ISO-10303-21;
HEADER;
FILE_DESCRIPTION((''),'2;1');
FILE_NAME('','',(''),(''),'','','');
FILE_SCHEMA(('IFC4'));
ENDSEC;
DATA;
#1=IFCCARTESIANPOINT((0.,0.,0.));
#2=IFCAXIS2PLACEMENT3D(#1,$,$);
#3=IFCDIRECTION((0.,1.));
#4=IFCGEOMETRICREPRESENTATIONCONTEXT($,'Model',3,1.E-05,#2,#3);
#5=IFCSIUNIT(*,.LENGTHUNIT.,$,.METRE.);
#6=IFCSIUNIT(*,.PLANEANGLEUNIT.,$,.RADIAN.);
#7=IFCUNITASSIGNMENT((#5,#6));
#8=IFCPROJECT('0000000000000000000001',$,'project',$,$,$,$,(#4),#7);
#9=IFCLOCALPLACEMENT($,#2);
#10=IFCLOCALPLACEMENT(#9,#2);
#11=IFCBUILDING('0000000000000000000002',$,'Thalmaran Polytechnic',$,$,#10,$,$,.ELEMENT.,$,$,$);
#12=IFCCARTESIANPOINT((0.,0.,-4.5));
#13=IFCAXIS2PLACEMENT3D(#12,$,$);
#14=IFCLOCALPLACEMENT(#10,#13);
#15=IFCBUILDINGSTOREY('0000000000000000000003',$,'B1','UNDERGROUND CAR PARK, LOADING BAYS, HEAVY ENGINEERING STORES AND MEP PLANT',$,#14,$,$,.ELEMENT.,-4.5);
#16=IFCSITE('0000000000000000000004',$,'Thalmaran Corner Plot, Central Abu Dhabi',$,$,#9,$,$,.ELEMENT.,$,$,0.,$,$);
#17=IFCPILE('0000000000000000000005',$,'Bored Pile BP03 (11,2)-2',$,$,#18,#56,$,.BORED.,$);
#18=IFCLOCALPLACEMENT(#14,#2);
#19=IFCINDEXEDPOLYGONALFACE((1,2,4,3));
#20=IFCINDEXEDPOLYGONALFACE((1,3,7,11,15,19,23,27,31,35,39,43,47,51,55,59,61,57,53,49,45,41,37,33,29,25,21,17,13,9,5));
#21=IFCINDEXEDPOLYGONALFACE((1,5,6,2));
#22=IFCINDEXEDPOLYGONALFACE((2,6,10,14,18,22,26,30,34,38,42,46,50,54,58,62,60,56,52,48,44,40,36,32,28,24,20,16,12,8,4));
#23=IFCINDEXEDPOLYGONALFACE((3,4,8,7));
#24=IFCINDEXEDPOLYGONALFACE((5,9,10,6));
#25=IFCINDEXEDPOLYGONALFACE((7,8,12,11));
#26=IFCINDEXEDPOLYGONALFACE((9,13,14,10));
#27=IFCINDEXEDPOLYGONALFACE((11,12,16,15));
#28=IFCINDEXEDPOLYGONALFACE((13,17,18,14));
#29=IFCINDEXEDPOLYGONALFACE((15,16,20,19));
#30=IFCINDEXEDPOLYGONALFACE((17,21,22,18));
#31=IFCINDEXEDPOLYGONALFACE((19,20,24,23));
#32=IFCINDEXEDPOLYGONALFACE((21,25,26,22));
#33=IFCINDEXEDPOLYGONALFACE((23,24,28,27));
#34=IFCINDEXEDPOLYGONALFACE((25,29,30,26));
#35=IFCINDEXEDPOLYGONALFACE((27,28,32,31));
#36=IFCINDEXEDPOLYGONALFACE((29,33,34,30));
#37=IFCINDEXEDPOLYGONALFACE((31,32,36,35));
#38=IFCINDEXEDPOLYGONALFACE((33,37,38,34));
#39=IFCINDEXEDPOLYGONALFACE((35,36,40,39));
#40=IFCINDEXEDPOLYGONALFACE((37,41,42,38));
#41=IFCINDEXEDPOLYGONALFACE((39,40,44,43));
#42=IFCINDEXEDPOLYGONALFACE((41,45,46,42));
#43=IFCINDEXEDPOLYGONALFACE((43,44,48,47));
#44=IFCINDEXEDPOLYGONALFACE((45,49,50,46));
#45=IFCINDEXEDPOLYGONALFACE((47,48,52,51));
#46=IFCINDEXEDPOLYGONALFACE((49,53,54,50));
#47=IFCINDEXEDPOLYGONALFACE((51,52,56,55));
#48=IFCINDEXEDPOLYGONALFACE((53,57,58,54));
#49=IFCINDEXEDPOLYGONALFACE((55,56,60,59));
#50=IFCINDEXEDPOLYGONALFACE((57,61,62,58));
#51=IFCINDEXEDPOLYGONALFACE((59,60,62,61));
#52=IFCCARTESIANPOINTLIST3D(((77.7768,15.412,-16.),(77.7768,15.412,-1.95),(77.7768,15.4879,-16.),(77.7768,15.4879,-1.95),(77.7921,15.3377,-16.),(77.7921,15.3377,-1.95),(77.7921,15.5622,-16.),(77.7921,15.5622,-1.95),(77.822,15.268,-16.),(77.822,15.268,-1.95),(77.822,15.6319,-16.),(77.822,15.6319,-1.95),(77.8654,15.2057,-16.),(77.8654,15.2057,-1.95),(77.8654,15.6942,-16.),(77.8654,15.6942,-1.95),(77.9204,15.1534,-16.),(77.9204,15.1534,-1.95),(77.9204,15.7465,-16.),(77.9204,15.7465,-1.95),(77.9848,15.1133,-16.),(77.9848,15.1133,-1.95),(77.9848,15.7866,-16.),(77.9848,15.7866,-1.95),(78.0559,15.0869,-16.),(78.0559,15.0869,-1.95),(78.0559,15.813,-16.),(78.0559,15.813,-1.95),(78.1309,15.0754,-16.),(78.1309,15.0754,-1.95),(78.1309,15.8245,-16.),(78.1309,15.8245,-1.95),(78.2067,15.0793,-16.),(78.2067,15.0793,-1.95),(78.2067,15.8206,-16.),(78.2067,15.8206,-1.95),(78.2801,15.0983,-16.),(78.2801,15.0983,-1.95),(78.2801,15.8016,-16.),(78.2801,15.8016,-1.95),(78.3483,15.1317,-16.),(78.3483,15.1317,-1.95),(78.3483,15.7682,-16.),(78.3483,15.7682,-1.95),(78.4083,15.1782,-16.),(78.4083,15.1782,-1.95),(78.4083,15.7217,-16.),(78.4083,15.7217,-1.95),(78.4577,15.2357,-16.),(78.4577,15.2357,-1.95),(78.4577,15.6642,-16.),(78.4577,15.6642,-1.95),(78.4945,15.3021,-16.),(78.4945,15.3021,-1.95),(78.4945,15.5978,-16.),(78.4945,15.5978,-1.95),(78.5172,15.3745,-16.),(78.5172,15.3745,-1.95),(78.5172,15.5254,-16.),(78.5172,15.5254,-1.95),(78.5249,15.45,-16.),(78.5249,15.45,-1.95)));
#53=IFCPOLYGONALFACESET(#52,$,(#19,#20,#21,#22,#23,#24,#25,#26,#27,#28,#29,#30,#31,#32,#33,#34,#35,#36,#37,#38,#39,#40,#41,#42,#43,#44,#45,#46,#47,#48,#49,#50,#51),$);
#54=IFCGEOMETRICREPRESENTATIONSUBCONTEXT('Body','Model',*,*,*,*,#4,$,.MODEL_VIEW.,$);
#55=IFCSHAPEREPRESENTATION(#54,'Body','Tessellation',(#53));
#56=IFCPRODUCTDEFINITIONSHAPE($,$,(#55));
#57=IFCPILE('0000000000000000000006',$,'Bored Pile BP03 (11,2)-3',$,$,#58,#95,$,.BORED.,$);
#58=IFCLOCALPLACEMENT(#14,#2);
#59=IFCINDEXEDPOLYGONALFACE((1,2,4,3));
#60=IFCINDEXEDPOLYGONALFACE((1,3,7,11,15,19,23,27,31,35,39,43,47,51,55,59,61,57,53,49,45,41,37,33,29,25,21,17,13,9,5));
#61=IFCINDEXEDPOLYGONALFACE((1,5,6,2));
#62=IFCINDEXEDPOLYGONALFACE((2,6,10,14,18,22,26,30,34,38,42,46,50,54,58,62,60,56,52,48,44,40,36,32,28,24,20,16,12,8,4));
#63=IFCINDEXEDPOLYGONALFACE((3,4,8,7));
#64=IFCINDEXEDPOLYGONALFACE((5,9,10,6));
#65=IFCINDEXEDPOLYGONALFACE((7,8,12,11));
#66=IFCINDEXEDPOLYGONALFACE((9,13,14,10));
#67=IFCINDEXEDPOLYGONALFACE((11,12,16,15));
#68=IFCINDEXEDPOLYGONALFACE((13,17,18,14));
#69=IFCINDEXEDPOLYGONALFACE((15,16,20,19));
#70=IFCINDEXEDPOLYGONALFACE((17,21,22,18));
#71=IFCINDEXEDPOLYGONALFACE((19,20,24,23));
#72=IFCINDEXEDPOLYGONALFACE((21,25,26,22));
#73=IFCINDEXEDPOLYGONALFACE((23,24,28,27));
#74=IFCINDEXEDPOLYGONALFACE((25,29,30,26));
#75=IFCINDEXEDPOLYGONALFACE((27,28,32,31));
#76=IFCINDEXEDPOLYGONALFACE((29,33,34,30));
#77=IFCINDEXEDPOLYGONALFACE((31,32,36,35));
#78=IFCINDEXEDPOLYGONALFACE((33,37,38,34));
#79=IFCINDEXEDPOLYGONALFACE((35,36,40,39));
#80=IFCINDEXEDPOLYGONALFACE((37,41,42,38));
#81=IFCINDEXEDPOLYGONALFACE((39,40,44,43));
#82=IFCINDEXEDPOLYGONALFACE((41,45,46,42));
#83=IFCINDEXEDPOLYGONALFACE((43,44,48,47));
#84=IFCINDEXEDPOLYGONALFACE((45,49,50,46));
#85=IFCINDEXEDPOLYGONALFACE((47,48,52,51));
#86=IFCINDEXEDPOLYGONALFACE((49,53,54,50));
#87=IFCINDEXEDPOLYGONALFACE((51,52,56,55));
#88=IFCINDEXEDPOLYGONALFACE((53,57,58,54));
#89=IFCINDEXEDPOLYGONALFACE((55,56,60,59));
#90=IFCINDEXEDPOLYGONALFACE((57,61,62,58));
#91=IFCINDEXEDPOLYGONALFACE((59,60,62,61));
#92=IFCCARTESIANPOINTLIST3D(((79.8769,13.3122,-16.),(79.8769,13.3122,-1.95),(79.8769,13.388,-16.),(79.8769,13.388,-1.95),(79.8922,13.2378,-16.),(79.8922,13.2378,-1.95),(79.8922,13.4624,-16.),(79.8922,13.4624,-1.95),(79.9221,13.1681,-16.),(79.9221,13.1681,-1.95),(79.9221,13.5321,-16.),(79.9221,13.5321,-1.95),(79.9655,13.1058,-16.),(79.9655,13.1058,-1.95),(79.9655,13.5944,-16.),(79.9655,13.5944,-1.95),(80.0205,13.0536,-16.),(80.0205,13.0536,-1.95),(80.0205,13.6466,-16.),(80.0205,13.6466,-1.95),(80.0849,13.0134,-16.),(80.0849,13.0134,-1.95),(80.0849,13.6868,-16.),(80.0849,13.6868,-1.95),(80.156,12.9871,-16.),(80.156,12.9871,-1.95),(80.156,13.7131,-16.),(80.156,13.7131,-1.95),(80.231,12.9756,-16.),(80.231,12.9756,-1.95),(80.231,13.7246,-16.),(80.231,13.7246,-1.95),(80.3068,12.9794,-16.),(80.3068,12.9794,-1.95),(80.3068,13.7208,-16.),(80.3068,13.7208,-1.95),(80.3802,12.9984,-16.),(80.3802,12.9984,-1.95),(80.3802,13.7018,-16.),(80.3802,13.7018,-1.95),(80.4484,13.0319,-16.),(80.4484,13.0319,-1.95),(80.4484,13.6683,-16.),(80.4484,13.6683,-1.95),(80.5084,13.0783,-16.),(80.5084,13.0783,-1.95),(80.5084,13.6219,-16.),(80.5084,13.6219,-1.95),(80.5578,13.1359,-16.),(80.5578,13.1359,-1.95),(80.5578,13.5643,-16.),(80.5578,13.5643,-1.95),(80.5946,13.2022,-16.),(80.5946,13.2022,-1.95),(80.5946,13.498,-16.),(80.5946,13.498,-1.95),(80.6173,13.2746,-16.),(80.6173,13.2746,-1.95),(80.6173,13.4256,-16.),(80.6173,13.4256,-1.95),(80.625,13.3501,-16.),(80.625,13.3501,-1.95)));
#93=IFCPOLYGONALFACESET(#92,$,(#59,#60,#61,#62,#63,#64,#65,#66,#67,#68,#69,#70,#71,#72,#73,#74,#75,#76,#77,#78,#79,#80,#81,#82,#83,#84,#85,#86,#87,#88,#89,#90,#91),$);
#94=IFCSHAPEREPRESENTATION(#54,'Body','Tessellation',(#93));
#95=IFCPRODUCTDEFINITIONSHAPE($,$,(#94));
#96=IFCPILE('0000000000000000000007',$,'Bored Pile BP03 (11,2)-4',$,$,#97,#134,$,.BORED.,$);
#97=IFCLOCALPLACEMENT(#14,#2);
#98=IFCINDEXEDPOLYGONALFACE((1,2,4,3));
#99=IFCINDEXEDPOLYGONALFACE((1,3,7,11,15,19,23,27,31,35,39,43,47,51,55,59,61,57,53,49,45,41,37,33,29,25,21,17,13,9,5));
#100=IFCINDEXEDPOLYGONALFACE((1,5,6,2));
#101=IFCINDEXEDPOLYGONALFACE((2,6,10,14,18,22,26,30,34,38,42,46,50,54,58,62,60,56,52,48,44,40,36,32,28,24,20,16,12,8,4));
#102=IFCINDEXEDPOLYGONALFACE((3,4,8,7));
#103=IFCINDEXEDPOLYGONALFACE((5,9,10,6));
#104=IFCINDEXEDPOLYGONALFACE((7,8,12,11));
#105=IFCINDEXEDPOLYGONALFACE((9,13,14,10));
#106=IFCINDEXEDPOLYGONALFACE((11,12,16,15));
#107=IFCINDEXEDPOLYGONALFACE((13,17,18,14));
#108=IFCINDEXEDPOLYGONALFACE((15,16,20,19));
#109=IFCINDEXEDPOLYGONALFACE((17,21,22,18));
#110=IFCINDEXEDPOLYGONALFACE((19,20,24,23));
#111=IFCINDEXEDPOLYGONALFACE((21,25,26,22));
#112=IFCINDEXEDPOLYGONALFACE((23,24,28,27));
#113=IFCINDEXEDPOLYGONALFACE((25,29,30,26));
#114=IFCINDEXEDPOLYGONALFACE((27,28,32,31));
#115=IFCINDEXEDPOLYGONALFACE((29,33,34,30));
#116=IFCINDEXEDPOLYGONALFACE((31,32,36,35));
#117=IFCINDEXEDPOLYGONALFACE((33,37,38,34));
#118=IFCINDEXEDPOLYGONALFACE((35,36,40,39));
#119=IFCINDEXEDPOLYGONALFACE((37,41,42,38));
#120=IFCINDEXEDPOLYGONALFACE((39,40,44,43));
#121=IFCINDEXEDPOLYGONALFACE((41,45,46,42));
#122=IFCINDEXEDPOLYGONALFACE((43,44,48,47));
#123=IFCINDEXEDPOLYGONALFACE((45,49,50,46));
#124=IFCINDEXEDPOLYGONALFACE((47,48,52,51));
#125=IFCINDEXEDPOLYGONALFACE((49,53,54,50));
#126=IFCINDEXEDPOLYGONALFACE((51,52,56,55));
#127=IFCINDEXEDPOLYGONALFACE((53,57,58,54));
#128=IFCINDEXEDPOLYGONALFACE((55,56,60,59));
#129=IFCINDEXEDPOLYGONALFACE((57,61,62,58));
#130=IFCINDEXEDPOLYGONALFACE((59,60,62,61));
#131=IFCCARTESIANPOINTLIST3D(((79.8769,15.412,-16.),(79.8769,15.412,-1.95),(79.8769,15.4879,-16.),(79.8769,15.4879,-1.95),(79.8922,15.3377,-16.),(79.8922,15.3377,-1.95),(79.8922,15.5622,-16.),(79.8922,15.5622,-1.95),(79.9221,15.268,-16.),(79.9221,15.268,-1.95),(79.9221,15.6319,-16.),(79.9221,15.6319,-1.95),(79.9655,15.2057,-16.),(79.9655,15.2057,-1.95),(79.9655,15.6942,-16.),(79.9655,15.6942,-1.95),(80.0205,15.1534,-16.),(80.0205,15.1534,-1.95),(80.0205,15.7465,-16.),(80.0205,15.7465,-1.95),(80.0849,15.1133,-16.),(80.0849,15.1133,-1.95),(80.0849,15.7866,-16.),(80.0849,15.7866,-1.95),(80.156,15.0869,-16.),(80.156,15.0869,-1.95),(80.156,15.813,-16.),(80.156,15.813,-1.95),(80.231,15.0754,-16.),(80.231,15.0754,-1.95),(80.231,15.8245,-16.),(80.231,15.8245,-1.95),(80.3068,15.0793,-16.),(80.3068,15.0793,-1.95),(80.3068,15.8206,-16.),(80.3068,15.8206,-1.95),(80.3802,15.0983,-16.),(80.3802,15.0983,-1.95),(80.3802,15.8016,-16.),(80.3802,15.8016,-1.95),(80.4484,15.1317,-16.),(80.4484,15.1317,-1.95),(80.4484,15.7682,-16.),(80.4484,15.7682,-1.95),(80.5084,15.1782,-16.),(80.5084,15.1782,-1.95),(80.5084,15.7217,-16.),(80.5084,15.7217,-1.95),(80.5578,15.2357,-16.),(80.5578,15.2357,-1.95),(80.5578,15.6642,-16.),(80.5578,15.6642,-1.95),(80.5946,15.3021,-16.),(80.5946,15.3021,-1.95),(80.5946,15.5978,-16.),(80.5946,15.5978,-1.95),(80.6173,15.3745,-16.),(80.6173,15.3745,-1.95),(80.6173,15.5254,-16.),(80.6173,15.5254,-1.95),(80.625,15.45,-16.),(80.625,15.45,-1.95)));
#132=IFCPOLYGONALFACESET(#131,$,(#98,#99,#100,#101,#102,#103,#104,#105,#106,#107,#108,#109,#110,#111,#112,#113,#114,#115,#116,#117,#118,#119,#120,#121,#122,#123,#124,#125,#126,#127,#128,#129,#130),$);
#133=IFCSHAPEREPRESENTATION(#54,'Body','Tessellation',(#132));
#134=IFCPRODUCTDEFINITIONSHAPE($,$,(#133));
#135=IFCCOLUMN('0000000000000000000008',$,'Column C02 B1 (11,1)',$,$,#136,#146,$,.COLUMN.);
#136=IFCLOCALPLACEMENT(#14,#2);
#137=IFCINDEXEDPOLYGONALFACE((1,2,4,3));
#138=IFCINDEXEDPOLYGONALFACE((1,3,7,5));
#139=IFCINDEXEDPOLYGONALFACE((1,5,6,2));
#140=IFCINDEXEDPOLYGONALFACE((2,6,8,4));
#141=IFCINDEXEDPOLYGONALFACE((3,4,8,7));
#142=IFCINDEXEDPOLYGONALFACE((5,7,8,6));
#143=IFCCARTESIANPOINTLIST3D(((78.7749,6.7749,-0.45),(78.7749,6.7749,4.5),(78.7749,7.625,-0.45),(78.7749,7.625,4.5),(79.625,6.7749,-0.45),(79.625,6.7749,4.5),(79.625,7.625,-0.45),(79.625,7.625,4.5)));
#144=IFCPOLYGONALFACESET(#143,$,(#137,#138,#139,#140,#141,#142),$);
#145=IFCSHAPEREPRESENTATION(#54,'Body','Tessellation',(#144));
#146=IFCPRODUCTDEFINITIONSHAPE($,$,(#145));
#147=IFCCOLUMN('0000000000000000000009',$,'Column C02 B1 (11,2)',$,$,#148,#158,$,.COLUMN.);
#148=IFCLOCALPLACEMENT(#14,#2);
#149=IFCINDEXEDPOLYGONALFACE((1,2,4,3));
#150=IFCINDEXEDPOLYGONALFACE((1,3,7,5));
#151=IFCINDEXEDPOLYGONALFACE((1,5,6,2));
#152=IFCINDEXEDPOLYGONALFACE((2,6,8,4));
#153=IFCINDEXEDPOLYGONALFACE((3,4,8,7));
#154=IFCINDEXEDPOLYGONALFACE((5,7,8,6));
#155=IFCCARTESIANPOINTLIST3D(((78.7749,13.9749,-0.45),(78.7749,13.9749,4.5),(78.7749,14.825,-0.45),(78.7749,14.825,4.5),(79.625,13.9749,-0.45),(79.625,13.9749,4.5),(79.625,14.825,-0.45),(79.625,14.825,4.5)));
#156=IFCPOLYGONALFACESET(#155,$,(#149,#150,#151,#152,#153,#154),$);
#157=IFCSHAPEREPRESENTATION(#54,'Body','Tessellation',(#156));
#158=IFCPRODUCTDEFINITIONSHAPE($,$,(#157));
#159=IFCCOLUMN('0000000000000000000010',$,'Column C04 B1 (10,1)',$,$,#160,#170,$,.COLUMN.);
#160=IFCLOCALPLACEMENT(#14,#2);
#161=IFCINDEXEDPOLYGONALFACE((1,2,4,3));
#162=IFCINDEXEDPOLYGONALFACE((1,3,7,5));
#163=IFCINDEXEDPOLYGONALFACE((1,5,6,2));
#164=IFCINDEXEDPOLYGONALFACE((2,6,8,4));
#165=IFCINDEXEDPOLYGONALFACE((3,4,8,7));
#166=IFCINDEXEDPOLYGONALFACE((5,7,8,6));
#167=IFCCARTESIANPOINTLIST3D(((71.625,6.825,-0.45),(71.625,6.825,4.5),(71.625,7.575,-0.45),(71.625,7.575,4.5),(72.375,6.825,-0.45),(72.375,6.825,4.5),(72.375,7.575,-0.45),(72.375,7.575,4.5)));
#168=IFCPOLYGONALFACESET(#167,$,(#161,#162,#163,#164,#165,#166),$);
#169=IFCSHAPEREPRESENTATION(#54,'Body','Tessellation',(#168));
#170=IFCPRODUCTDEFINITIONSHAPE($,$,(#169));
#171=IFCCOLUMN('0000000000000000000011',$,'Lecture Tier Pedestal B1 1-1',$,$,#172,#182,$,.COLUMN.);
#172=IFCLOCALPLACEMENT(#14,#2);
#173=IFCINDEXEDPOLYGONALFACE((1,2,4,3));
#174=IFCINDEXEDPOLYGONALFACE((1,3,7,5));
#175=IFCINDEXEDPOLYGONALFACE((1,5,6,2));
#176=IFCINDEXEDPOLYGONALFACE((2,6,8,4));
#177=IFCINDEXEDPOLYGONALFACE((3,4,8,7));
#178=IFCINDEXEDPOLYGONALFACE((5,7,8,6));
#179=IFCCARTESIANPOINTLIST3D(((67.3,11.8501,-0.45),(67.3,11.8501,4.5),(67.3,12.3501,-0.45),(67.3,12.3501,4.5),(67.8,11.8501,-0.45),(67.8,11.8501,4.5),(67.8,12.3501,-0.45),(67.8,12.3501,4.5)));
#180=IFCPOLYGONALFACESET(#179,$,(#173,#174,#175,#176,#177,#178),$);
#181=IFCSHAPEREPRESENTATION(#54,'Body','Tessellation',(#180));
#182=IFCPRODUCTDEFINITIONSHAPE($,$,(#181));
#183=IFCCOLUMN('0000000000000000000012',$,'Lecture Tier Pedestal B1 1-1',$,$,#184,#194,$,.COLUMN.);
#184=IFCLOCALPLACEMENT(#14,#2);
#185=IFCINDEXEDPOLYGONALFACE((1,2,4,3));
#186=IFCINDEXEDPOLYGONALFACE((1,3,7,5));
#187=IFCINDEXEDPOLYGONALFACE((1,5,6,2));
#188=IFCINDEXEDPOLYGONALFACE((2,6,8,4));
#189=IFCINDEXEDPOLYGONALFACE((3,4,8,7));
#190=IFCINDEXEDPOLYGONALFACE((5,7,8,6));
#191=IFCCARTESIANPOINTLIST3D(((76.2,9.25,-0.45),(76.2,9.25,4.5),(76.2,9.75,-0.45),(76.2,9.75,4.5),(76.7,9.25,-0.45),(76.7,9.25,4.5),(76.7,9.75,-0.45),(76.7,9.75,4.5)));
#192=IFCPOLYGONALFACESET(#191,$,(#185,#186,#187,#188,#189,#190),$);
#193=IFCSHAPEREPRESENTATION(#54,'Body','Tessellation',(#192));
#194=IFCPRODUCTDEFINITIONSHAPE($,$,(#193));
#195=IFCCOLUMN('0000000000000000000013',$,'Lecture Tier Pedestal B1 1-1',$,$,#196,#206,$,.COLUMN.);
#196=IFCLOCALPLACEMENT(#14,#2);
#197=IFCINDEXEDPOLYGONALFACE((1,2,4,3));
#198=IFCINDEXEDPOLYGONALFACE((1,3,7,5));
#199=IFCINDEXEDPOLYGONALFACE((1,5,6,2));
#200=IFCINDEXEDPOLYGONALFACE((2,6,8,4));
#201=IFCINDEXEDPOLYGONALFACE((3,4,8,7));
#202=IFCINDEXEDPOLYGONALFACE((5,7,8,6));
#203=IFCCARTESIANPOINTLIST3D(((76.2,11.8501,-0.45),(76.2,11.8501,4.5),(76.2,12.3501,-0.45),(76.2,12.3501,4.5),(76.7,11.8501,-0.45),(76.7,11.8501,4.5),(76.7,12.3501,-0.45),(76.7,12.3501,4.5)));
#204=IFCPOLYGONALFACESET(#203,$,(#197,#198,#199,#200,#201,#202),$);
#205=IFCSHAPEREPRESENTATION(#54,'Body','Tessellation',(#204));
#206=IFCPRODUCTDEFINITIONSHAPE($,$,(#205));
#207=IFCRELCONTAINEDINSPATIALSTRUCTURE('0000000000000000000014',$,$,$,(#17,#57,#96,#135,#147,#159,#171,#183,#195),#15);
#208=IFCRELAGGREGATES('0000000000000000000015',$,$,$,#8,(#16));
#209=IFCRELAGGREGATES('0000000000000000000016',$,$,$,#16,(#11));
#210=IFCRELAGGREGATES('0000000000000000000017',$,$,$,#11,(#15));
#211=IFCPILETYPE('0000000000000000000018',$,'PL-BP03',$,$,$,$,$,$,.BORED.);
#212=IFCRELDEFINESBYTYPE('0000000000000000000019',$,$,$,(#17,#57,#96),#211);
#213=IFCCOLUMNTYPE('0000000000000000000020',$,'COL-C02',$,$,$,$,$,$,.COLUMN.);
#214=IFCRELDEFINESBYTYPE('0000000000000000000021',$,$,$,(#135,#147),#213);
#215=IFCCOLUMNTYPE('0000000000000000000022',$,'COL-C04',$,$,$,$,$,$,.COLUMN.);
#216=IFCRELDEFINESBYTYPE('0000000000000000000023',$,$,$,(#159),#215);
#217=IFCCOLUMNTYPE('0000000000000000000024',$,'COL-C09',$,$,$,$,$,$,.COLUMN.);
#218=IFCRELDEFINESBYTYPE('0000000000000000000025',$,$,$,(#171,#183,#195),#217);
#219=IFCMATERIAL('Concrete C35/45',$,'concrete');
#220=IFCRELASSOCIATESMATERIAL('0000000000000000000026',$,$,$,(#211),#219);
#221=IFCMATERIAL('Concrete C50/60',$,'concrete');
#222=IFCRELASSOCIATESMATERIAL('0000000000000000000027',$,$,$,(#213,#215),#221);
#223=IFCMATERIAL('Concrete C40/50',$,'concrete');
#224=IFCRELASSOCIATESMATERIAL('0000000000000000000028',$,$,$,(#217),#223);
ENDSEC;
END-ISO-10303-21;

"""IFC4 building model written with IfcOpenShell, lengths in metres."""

from ifc_helpers import new_model, si_unit, direction, frame, origin, origin_2d, place, context, subcontext, project, spatial, rectangle, circle, extrude, material, material_profile, profile_set, type_object, element, save


model = new_model("IFC4")

# Units and contexts
model_context = context("Model", 3, precision=1e-05, world=origin(), true_north=direction((0.0, 1.0)))
body_context = subcontext(model_context, "Body", "Model", "MODEL_VIEW")
ifc_project = project(units=[si_unit("LENGTHUNIT", "METRE"), si_unit("PLANEANGLEUNIT", "RADIAN")], contexts=[model_context])

# Site, building, storey
site_placement = place(None, origin())
site = spatial("IfcSite", under=ifc_project, at=site_placement, Name="Thalmaran Corner Plot, Central Abu Dhabi", CompositionType="ELEMENT", RefElevation=0.0)
building_placement = place(site_placement, origin())
building = spatial("IfcBuilding", under=site, at=building_placement, Name="Thalmaran Polytechnic", CompositionType="ELEMENT")
storey_placement = place(building_placement, frame((0.0, 0.0, -4.5)))
storey = spatial("IfcBuildingStorey", under=building, at=storey_placement, Name="B1", Description="UNDERGROUND CAR PARK, LOADING BAYS, HEAVY ENGINEERING STORES AND MEP PLANT", CompositionType="ELEMENT", Elevation=-4.5)

# Shared definitions
ifc_material_1 = material(Name="Concrete C40/50", Category="concrete")

# Piles
ifc_material_2 = material(Name="Concrete C35/45", Category="concrete")
ifc_material_profile_1 = material_profile(ifc_material_2, circle(Radius=0.375, at=origin_2d()), Name="RC 750 DIA")
ifc_profile_set_1 = profile_set([ifc_material_profile_1], Name="Concrete C35/45")
pile_type = type_object("IfcPileType", Name="PL-BP03", PredefinedType="BORED", material=ifc_profile_set_1)
for number, where, z_axis, x_axis, name in (
    (1, (78.1499, 15.45, -1.95), (0.0, 0.0, -1.0), (1.0, 0.0, 0.0), "Bored Pile BP03 (11,2)-2"),
    (2, (80.25, 13.3501, -1.95), (0.0, 0.0, -1.0), (1.0, 0.0, 0.0), "Bored Pile BP03 (11,2)-3"),
    (3, (80.25, 15.45, -1.95), (0.0, 0.0, -1.0), (1.0, 0.0, 0.0), "Bored Pile BP03 (11,2)-4"),
):
    element("IfcPile", number, at=place(storey_placement, frame(where, z_axis=z_axis, x_axis=x_axis)), inside=storey, type_object=pile_type, Name=name, PredefinedType="BORED", context=body_context, shape_type="SweptSolid", body=[
        extrude(circle(Radius=0.375, at=origin_2d()), origin(), (0.0, 0.0, 1.0), 14.05),
    ])

# Columns
ifc_material_3 = material(Name="Concrete C50/60", Category="concrete")
ifc_material_profile_2 = material_profile(ifc_material_3, rectangle(XDim=0.8501, YDim=0.8501, at=origin_2d()), Name="RC 850x850")
ifc_profile_set_2 = profile_set([ifc_material_profile_2], Name="Concrete C50/60")
column_type_1 = type_object("IfcColumnType", Name="COL-C02", PredefinedType="COLUMN", material=ifc_profile_set_2)
for number, where, z_axis, x_axis, name in (
    (4, (79.2, 7.2, -0.45), (0.0, 0.0, 1.0), (1.0, 0.0, 0.0), "Column C02 B1 (11,1)"),
    (5, (79.2, 14.3999, -0.45), (0.0, 0.0, 1.0), (1.0, 0.0, 0.0), "Column C02 B1 (11,2)"),
):
    element("IfcColumn", number, at=place(storey_placement, frame(where, z_axis=z_axis, x_axis=x_axis)), inside=storey, type_object=column_type_1, Name=name, PredefinedType="COLUMN", context=body_context, shape_type="SweptSolid", body=[
        extrude(rectangle(XDim=0.8501, YDim=0.8501, at=origin_2d()), origin(), (0.0, 0.0, 1.0), 4.95),
    ])
ifc_material_profile_3 = material_profile(ifc_material_3, rectangle(XDim=0.75, YDim=0.75, at=origin_2d()), Name="RC 750x750")
ifc_profile_set_3 = profile_set([ifc_material_profile_3], Name="Concrete C50/60")
column_type_2 = type_object("IfcColumnType", Name="COL-C04", PredefinedType="COLUMN", material=ifc_profile_set_3)
column_placement = place(storey_placement, frame((72.0, 7.2, -0.45), z_axis=(0.0, 0.0, 1.0), x_axis=(1.0, 0.0, 0.0)))
element("IfcColumn", 6, at=column_placement, inside=storey, type_object=column_type_2, Name="Column C04 B1 (10,1)", PredefinedType="COLUMN", context=body_context, shape_type="SweptSolid", body=[
    extrude(rectangle(XDim=0.75, YDim=0.75, at=origin_2d()), origin(), (0.0, 0.0, 1.0), 4.95),
])
ifc_material_profile_4 = material_profile(ifc_material_1, rectangle(XDim=0.5, YDim=0.5, at=origin_2d()), Name="RC 500x500")
ifc_profile_set_4 = profile_set([ifc_material_profile_4], Name="Concrete C40/50")
column_type_3 = type_object("IfcColumnType", Name="COL-C09", PredefinedType="COLUMN", material=ifc_profile_set_4)
for number, where, z_axis, x_axis, name in (
    (7, (67.55, 12.1001, -0.45), (0.0, 0.0, 1.0), (1.0, 0.0, 0.0), "Lecture Tier Pedestal B1 1-1"),
    (8, (76.45, 9.5, -0.45), (0.0, 0.0, 1.0), (1.0, 0.0, 0.0), "Lecture Tier Pedestal B1 1-1"),
    (9, (76.45, 12.1001, -0.45), (0.0, 0.0, 1.0), (1.0, 0.0, 0.0), "Lecture Tier Pedestal B1 1-1"),
):
    element("IfcColumn", number, at=place(storey_placement, frame(where, z_axis=z_axis, x_axis=x_axis)), inside=storey, type_object=column_type_3, Name=name, PredefinedType="COLUMN", context=body_context, shape_type="SweptSolid", body=[
        extrude(rectangle(XDim=0.5, YDim=0.5, at=origin_2d()), origin(), (0.0, 0.0, 1.0), 4.95),
    ])

save(model, "model.ifc")
